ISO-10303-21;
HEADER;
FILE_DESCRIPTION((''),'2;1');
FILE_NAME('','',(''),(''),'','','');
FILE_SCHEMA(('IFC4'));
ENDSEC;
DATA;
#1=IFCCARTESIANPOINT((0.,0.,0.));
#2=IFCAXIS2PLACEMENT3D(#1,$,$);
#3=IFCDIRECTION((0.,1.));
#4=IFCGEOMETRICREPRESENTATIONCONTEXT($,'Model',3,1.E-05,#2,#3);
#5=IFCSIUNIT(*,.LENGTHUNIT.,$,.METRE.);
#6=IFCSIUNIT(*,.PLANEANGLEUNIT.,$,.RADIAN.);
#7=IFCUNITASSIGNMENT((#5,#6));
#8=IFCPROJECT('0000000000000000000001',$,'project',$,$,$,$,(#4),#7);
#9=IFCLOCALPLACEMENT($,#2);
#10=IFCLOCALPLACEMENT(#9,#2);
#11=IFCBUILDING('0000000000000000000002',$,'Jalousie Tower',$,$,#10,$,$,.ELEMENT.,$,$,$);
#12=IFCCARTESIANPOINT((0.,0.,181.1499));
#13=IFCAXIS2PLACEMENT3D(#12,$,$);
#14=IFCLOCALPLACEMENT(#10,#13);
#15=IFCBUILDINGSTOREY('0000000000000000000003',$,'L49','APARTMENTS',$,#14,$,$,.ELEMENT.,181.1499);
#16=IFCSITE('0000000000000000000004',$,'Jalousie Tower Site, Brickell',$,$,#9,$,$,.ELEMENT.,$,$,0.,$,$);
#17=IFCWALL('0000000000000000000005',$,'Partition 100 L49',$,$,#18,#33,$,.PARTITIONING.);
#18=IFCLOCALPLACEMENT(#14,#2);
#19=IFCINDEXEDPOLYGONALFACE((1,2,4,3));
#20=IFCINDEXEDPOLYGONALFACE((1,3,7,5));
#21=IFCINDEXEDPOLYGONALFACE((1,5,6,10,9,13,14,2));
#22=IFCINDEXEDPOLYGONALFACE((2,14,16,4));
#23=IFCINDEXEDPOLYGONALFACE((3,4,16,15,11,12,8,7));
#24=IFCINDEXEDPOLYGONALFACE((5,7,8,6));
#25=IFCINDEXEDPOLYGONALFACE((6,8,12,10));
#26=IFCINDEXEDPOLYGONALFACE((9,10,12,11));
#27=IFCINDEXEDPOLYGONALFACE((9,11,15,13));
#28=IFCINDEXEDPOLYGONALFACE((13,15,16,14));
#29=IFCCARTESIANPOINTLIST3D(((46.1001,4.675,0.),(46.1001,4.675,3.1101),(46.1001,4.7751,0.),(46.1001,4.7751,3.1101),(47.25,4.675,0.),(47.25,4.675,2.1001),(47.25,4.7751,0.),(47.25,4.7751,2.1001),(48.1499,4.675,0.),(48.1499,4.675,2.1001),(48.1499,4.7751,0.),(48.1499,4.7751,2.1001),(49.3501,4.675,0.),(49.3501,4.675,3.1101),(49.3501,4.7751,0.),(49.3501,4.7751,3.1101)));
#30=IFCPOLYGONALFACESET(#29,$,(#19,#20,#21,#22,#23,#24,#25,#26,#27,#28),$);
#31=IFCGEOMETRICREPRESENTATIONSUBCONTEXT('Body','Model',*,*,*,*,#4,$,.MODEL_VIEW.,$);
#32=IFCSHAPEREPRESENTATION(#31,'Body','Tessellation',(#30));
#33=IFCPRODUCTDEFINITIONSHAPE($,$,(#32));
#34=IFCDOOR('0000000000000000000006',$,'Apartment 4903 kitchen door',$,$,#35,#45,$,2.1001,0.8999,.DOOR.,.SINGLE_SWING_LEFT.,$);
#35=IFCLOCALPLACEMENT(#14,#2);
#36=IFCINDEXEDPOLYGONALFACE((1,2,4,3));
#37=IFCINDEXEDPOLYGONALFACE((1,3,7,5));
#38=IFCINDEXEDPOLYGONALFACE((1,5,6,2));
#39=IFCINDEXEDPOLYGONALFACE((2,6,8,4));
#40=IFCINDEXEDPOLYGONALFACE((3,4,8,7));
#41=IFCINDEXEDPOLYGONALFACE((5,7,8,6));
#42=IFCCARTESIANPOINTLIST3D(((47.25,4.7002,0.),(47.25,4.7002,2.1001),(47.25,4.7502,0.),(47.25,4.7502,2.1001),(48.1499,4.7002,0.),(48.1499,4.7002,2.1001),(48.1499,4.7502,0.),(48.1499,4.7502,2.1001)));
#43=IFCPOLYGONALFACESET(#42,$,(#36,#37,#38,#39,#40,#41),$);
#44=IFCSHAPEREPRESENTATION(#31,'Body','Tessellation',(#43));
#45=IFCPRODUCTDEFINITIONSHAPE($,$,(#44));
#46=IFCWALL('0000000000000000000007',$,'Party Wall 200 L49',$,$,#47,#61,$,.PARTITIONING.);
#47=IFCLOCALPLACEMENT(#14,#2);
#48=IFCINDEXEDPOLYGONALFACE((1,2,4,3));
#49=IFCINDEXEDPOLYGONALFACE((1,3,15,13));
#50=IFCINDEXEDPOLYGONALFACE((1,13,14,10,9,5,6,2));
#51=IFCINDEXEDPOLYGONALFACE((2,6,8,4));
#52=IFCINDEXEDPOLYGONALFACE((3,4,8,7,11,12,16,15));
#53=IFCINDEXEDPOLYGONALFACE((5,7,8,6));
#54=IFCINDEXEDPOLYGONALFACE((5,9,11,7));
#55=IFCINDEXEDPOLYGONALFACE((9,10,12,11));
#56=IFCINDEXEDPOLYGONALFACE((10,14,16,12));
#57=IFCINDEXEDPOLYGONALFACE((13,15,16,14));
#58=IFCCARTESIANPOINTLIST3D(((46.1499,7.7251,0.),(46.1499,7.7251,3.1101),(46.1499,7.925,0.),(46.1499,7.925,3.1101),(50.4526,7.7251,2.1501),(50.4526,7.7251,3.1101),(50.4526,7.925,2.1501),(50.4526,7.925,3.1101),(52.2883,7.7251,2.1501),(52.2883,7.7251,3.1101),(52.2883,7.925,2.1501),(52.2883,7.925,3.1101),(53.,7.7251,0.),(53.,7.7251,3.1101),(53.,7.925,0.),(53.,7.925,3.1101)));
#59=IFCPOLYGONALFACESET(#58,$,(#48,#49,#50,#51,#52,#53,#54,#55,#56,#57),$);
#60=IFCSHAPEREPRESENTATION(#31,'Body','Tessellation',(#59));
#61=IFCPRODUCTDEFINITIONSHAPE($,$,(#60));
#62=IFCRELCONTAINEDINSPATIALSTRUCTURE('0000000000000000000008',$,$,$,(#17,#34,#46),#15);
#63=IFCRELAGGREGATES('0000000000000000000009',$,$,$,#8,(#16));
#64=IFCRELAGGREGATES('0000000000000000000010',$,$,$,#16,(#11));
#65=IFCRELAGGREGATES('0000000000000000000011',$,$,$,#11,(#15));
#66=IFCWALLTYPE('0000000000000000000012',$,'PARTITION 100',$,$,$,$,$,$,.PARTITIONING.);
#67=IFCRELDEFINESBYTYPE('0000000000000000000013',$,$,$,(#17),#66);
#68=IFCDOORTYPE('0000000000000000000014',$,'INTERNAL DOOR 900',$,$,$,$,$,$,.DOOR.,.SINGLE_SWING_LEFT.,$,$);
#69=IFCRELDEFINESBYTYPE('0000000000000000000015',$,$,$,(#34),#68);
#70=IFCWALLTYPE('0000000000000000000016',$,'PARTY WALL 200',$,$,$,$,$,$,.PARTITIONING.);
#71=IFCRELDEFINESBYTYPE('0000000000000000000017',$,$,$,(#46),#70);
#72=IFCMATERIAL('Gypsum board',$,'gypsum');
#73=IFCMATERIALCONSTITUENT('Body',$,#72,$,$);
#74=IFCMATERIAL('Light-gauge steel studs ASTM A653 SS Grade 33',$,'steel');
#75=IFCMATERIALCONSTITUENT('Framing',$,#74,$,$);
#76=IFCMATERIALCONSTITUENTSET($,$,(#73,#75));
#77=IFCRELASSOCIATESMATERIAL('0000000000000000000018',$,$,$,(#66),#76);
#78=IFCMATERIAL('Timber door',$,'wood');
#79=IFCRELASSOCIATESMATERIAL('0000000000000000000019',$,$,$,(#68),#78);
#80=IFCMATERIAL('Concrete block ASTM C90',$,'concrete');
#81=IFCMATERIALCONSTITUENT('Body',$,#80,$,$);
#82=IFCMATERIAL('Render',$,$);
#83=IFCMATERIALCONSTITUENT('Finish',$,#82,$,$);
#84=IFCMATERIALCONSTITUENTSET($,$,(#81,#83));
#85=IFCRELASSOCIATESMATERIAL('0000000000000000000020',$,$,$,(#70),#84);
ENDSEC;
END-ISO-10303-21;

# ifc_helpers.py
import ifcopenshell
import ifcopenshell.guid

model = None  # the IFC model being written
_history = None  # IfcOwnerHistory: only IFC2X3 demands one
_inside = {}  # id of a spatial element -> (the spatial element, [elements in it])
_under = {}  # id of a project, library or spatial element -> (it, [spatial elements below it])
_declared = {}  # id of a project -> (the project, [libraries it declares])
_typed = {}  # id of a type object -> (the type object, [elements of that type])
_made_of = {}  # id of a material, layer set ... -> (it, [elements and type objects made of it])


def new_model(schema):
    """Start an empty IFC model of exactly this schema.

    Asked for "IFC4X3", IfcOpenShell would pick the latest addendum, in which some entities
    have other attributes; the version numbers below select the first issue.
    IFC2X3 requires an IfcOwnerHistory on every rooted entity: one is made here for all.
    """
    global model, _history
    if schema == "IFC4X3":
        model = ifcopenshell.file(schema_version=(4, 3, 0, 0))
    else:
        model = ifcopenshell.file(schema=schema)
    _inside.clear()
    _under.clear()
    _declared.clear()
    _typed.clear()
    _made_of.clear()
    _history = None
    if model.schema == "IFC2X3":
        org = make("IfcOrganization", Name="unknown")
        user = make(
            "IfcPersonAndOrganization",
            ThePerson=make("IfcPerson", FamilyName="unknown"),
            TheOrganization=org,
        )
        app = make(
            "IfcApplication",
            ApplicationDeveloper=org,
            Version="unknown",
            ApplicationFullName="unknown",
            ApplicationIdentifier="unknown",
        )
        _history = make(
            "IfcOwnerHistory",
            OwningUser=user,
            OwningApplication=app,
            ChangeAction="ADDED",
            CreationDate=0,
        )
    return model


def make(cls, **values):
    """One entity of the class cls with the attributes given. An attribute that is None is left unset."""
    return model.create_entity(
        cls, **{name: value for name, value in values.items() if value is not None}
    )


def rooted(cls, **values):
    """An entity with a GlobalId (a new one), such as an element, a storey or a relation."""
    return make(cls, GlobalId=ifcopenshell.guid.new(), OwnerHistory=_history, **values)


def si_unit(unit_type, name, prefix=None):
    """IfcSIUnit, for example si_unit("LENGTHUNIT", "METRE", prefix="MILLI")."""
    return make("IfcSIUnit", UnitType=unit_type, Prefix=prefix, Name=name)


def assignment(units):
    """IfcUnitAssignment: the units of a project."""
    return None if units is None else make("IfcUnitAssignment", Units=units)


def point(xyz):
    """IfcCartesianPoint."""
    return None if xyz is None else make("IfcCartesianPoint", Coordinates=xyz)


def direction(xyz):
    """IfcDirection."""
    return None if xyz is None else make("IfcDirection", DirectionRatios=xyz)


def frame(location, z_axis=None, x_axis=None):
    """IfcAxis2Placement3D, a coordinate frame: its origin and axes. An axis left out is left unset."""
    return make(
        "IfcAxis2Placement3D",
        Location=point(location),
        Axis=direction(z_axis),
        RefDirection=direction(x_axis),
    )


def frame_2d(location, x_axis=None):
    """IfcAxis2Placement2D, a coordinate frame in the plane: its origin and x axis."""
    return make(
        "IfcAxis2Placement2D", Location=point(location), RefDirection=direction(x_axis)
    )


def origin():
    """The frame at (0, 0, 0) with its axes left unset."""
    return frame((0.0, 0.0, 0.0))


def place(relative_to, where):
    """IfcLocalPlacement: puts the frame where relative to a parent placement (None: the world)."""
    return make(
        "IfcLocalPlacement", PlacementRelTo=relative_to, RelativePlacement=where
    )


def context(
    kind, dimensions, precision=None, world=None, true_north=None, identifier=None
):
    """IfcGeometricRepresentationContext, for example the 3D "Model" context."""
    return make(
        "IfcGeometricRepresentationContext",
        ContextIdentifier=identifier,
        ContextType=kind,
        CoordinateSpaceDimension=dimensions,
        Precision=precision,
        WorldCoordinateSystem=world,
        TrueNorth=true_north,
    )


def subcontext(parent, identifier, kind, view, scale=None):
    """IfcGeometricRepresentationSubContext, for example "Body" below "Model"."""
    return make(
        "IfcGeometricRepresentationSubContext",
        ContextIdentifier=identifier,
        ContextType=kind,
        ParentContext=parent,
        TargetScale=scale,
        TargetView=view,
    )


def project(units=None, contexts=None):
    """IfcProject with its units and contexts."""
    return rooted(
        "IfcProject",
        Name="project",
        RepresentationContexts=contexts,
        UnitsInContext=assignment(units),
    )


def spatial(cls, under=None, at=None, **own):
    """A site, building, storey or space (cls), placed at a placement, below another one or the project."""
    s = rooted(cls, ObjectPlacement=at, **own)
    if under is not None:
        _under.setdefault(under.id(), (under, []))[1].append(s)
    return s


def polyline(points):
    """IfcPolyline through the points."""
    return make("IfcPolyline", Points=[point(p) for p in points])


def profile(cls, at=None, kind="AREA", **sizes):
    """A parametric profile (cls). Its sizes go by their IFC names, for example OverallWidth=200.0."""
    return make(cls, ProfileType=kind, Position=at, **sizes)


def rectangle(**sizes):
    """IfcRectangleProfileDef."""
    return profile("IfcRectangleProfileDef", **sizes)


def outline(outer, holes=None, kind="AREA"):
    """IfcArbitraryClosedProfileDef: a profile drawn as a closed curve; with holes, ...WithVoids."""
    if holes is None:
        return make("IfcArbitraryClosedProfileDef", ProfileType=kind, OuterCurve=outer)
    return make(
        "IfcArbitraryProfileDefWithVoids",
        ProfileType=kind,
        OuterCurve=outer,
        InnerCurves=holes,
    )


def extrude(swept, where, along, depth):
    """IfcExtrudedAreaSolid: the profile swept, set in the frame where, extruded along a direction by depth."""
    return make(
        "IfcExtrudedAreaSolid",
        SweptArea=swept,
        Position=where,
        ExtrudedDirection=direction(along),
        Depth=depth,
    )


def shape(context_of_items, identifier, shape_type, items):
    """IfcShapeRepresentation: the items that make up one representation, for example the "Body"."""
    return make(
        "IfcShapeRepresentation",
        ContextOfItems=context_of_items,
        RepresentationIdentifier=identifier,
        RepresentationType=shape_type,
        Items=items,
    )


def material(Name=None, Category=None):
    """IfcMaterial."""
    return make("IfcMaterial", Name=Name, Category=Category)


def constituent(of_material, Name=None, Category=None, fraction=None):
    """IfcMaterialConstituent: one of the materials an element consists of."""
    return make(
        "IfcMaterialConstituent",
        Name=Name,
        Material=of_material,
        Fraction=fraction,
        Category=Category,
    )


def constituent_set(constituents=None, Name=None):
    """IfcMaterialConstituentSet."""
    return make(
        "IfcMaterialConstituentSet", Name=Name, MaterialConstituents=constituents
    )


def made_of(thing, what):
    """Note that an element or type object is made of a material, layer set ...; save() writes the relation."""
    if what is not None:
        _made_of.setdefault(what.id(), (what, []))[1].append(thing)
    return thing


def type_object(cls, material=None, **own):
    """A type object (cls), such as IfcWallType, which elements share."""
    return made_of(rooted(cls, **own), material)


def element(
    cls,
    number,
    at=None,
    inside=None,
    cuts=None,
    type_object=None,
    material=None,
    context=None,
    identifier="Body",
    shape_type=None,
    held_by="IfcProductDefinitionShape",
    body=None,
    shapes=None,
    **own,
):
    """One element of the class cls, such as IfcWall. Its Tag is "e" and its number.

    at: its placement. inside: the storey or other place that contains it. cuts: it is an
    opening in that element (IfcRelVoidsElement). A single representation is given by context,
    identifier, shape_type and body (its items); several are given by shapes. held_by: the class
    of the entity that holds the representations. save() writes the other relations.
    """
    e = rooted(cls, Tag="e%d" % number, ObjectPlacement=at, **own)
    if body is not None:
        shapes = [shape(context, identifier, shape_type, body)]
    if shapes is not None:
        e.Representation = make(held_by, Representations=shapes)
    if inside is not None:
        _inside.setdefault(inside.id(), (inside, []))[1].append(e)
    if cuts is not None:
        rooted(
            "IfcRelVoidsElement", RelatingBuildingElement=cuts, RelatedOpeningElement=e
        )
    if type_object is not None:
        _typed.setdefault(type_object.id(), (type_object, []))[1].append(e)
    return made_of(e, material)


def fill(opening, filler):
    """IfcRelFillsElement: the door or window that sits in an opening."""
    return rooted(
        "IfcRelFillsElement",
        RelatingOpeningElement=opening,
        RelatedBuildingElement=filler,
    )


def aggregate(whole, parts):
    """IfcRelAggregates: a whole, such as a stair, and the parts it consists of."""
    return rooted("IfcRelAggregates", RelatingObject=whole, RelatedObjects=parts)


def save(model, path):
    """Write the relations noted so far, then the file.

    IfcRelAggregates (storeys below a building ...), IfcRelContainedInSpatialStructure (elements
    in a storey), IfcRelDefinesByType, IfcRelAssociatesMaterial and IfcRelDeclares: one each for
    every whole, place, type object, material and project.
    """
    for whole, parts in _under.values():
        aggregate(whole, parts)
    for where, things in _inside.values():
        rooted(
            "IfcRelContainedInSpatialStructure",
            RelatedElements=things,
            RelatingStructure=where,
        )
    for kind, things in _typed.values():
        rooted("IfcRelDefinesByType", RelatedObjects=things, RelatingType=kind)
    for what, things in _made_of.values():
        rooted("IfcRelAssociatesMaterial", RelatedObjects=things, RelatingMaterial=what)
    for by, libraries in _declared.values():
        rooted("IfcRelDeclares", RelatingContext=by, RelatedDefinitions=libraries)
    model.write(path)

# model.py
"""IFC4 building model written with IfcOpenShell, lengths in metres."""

from ifc_helpers import new_model, si_unit, direction, frame, frame_2d, origin, place, context, subcontext, project, spatial, polyline, rectangle, outline, extrude, material, constituent, constituent_set, type_object, element, fill, save


model = new_model("IFC4")

# Units and contexts
model_context = context("Model", 3, precision=1e-05, world=origin(), true_north=direction((0.0, 1.0)))
body_context = subcontext(model_context, "Body", "Model", "MODEL_VIEW")
ifc_project = project(units=[si_unit("LENGTHUNIT", "METRE"), si_unit("PLANEANGLEUNIT", "RADIAN")], contexts=[model_context])

# Site, building, storey
site_placement = place(None, origin())
site = spatial("IfcSite", under=ifc_project, at=site_placement, Name="Jalousie Tower Site, Brickell", CompositionType="ELEMENT", RefElevation=0.0)
building_placement = place(site_placement, origin())
building = spatial("IfcBuilding", under=site, at=building_placement, Name="Jalousie Tower", CompositionType="ELEMENT")
storey_placement = place(building_placement, frame((0.0, 0.0, 181.1499)))
storey = spatial("IfcBuildingStorey", under=building, at=storey_placement, Name="L49", Description="APARTMENTS", CompositionType="ELEMENT", Elevation=181.1499)

# Wall, opening, door
ifc_material_1 = material(Name="Gypsum board", Category="gypsum")
ifc_constituent_1 = constituent(ifc_material_1, Name="Body")
ifc_material_2 = material(Name="Light-gauge steel studs ASTM A653 SS Grade 33", Category="steel")
ifc_constituent_2 = constituent(ifc_material_2, Name="Framing")
ifc_constituent_set_1 = constituent_set(constituents=[ifc_constituent_1, ifc_constituent_2])
wall_type_1 = type_object("IfcWallType", Name="PARTITION 100", PredefinedType="PARTITIONING", material=ifc_constituent_set_1)
wall_1_placement = place(storey_placement, frame((46.1001, 4.7251, 0.0), z_axis=(0.0, 0.0, 1.0), x_axis=(1.0, 0.0, 0.0)))
wall_1 = element("IfcWall", 1, at=wall_1_placement, inside=storey, type_object=wall_type_1, Name="Partition 100 L49", PredefinedType="PARTITIONING", context=body_context, shape_type="SweptSolid", body=[
    extrude(rectangle(XDim=3.25, YDim=0.1001, at=frame_2d((1.625, 0.0))), origin(), (0.0, 0.0, 1.0), 3.1101),
])
opening_1_placement = place(wall_1_placement, frame((1.1499, 0.0, 0.0)))
opening_1 = element("IfcOpeningElement", 2, at=opening_1_placement, cuts=wall_1, PredefinedType="OPENING", context=body_context, shape_type="SweptSolid", body=[
    extrude(rectangle(XDim=0.8999, YDim=2.1001, at=frame_2d((0.45, 1.05))), frame((0.0, 0.0601, 0.0), z_axis=(0.0, -1.0, 0.0), x_axis=(1.0, 0.0, 0.0)), (0.0, 0.0, 1.0), 0.1201),
])
ifc_material_3 = material(Name="Timber door", Category="wood")
door_type_1 = type_object("IfcDoorType", Name="INTERNAL DOOR 900", OperationType="SINGLE_SWING_LEFT", PredefinedType="DOOR", material=ifc_material_3)
door_1_placement = place(opening_1_placement, frame((0.8999, 0.0, 0.0), z_axis=(0.0, 0.0, 1.0), x_axis=(-1.0, 0.0, 0.0)))
door_1 = element("IfcDoor", 3, at=door_1_placement, inside=storey, type_object=door_type_1, Name="Apartment 4903 kitchen door", OperationType="SINGLE_SWING_LEFT", OverallHeight=2.1001, OverallWidth=0.8999, PredefinedType="DOOR", context=body_context, shape_type="SweptSolid", body=[
    extrude(rectangle(XDim=0.8999, YDim=2.1001, at=frame_2d((0.45, 1.05))), frame((0.0, 0.0249, 0.0), z_axis=(0.0, -1.0, 0.0), x_axis=(1.0, 0.0, 0.0)), (0.0, 0.0, 1.0), 0.05),
])
fill(opening_1, door_1)

# Wall
ifc_material_4 = material(Name="Concrete block ASTM C90", Category="concrete")
ifc_constituent_3 = constituent(ifc_material_4, Name="Body")
ifc_material_5 = material(Name="Render")
ifc_constituent_4 = constituent(ifc_material_5, Name="Finish")
ifc_constituent_set_2 = constituent_set(constituents=[ifc_constituent_3, ifc_constituent_4])
wall_type_2 = type_object("IfcWallType", Name="PARTY WALL 200", PredefinedType="PARTITIONING", material=ifc_constituent_set_2)
wall_2_placement = place(storey_placement, frame((46.1499, 7.825, 0.0), z_axis=(0.0, 0.0, 1.0), x_axis=(1.0, 0.0, 0.0)))
element("IfcWall", 4, at=wall_2_placement, inside=storey, type_object=wall_type_2, Name="Party Wall 200 L49", PredefinedType="PARTITIONING", context=body_context, shape_type="SweptSolid", body=[
    extrude(outline(polyline([(0.0, 0.0), (6.8501, 0.0), (6.8501, 3.1101), (6.1384, 3.1101), (6.1384, 2.1501), (4.3027, 2.1501), (4.3027, 3.1101), (0.0, 3.1101), (0.0, 0.0)])), frame((0.0, 0.1001, 0.0), z_axis=(0.0, -1.0, 0.0), x_axis=(1.0, 0.0, 0.0)), (0.0, 0.0, 1.0), 0.2),
])

save(model, "model.ifc")
